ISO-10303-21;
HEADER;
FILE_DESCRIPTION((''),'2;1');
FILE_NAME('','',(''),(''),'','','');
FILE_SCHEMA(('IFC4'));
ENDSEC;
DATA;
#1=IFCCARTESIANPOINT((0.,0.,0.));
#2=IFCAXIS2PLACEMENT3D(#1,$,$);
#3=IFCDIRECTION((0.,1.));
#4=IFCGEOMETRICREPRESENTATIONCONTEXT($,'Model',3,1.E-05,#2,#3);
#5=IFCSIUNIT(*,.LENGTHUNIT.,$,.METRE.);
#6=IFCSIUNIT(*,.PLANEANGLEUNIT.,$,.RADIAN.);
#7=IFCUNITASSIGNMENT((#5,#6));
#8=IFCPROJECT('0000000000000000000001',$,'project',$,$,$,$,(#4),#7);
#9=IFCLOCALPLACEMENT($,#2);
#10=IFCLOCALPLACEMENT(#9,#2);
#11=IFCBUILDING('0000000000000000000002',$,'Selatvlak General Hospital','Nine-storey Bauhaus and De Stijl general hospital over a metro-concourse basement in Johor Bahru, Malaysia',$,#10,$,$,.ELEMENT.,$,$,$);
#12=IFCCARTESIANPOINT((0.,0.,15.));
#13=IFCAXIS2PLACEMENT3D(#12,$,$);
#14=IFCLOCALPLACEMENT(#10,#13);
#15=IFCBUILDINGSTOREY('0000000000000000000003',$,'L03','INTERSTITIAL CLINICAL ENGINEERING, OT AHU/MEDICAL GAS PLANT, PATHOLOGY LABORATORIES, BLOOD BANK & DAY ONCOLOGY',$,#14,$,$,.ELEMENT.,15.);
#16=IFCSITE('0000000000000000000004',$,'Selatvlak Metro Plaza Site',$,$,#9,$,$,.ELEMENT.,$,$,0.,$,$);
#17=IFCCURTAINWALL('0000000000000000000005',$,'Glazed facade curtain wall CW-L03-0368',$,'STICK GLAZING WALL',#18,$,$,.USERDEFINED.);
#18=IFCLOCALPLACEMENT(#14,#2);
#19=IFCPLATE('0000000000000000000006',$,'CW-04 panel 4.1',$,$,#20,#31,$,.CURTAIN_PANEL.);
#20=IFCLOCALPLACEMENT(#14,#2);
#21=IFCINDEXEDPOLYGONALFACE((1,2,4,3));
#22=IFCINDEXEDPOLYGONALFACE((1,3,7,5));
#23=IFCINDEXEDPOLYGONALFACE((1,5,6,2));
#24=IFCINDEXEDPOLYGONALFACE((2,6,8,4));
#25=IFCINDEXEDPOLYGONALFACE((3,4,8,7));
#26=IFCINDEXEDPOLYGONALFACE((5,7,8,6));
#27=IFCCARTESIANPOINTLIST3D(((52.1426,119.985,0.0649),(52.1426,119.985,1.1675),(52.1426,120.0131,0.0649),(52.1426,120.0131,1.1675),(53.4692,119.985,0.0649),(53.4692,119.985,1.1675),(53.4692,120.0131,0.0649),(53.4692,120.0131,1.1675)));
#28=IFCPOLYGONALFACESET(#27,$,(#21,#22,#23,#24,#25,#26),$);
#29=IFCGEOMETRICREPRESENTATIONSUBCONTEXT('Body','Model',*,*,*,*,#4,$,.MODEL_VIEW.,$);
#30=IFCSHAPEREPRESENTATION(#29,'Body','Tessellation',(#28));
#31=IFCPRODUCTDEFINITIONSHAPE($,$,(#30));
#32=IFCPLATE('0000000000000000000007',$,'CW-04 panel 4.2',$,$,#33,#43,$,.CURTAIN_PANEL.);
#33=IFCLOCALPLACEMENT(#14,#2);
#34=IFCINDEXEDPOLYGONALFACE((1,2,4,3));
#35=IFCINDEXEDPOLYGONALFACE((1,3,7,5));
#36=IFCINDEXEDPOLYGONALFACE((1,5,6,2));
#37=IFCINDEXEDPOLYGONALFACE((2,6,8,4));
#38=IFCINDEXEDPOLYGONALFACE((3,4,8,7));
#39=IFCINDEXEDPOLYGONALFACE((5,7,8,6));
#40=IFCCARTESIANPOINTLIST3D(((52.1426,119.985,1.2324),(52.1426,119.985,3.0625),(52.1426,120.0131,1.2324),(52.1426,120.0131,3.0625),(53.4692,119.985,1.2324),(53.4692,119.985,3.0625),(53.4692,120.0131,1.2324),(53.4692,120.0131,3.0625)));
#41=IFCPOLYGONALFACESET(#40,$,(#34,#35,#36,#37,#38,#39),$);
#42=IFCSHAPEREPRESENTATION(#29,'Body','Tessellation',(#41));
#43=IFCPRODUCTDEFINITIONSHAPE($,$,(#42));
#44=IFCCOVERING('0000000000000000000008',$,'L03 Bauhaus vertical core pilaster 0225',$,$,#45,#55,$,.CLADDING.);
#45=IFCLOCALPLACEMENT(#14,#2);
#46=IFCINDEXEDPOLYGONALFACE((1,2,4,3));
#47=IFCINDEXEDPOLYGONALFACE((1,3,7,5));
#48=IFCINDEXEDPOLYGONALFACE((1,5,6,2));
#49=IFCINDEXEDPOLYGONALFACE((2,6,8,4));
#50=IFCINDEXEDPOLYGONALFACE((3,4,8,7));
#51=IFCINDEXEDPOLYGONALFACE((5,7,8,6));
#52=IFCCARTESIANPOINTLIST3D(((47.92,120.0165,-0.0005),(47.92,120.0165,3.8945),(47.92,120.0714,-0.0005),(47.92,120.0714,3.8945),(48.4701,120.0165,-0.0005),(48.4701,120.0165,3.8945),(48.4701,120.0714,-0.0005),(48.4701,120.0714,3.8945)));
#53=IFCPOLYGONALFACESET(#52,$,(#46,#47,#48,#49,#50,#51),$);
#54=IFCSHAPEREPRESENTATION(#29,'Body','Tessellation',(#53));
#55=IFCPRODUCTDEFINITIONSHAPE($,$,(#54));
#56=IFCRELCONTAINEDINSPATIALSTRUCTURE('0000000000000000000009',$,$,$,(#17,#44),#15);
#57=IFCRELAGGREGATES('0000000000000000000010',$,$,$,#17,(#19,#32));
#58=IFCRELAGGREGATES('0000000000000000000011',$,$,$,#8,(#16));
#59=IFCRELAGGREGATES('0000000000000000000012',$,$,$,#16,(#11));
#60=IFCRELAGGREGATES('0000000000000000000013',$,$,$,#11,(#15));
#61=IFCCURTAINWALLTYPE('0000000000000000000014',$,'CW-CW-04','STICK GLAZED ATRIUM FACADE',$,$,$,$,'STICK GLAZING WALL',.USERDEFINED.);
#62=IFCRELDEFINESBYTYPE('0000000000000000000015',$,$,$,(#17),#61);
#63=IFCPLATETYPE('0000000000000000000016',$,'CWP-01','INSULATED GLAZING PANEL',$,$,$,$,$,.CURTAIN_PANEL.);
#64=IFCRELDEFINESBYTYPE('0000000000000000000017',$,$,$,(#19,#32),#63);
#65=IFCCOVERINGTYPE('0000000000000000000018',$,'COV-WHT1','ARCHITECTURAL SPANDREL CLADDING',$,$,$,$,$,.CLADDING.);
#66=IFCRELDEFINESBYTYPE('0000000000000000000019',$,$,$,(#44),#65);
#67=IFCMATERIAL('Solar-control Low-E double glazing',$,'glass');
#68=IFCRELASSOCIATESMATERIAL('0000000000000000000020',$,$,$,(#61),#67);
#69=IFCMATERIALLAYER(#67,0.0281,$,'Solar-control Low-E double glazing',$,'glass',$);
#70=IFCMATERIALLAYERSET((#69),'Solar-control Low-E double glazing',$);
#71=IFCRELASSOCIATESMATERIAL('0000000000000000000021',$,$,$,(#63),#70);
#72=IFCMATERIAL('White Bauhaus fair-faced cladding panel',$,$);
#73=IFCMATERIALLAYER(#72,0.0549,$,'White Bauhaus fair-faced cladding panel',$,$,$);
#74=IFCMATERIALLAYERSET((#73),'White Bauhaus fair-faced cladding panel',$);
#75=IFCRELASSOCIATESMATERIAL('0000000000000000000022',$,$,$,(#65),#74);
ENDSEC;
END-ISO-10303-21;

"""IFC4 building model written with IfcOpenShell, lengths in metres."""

from ifc_helpers import new_model, si_unit, direction, frame, origin, origin_2d, place, context, subcontext, project, spatial, rectangle, extrude, material, layer, layer_set, type_object, element, aggregate, save


model = new_model("IFC4")

# Units and contexts
model_context = context("Model", 3, precision=1e-05, world=origin(), true_north=direction((0.0, 1.0)))
body_context = subcontext(model_context, "Body", "Model", "MODEL_VIEW")
ifc_project = project(units=[si_unit("LENGTHUNIT", "METRE"), si_unit("PLANEANGLEUNIT", "RADIAN")], contexts=[model_context])

# Site, building, storey
site_placement = place(None, origin())
site = spatial("IfcSite", under=ifc_project, at=site_placement, Name="Selatvlak Metro Plaza Site", CompositionType="ELEMENT", RefElevation=0.0)
building_placement = place(site_placement, origin())
building = spatial("IfcBuilding", under=site, at=building_placement, Name="Selatvlak General Hospital", Description="Nine-storey Bauhaus and De Stijl general hospital over a metro-concourse basement in Johor Bahru, Malaysia", CompositionType="ELEMENT")
storey_placement = place(building_placement, frame((0.0, 0.0, 15.0)))
storey = spatial("IfcBuildingStorey", under=building, at=storey_placement, Name="L03", Description="INTERSTITIAL CLINICAL ENGINEERING, OT AHU/MEDICAL GAS PLANT, PATHOLOGY LABORATORIES, BLOOD BANK & DAY ONCOLOGY", CompositionType="ELEMENT", Elevation=15.0)

# Curtain wall, plates
ifc_material_1 = material(Name="Solar-control Low-E double glazing", Category="glass")
curtain_wall_type = type_object("IfcCurtainWallType", Name="CW-CW-04", Description="STICK GLAZED ATRIUM FACADE", ElementType="STICK GLAZING WALL", PredefinedType="USERDEFINED", material=ifc_material_1)
curtain_wall_placement = place(storey_placement, origin())
curtain_wall = element("IfcCurtainWall", 1, at=curtain_wall_placement, inside=storey, type_object=curtain_wall_type, Name="Glazed facade curtain wall CW-L03-0368", ObjectType="STICK GLAZING WALL", PredefinedType="USERDEFINED")
ifc_layer_1 = layer(ifc_material_1, 0.0281, Name="Solar-control Low-E double glazing", Category="glass")
ifc_layer_set_1 = layer_set([ifc_layer_1], Name="Solar-control Low-E double glazing")
plate_type = type_object("IfcPlateType", Name="CWP-01", Description="INSULATED GLAZING PANEL", PredefinedType="CURTAIN_PANEL", material=ifc_layer_set_1)
plate_1_placement = place(storey_placement, frame((52.8059, 119.999, 0.0649), z_axis=(0.0, 0.0, 1.0), x_axis=(1.0, 0.0, 0.0)))
plate_1 = element("IfcPlate", 2, at=plate_1_placement, type_object=plate_type, Name="CW-04 panel 4.1", PredefinedType="CURTAIN_PANEL", context=body_context, shape_type="SweptSolid", body=[
    extrude(rectangle(XDim=1.3267, YDim=0.0281, at=origin_2d()), origin(), (0.0, 0.0, 1.0), 1.1025),
])
plate_2_placement = place(storey_placement, frame((52.8059, 119.999, 1.2324), z_axis=(0.0, 0.0, 1.0), x_axis=(1.0, 0.0, 0.0)))
plate_2 = element("IfcPlate", 3, at=plate_2_placement, type_object=plate_type, Name="CW-04 panel 4.2", PredefinedType="CURTAIN_PANEL", context=body_context, shape_type="SweptSolid", body=[
    extrude(rectangle(XDim=1.3267, YDim=0.0281, at=origin_2d()), origin(), (0.0, 0.0, 1.0), 1.8301),
])
aggregate(curtain_wall, [plate_1, plate_2])

# Covering
ifc_material_2 = material(Name="White Bauhaus fair-faced cladding panel")
ifc_layer_2 = layer(ifc_material_2, 0.0549, Name="White Bauhaus fair-faced cladding panel")
ifc_layer_set_2 = layer_set([ifc_layer_2], Name="White Bauhaus fair-faced cladding panel")
covering_type = type_object("IfcCoveringType", Name="COV-WHT1", Description="ARCHITECTURAL SPANDREL CLADDING", PredefinedType="CLADDING", material=ifc_layer_set_2)
covering_placement = place(storey_placement, frame((48.1951, 120.0439, -0.0005), z_axis=(0.0, 0.0, 1.0), x_axis=(1.0, 0.0, 0.0)))
element("IfcCovering", 4, at=covering_placement, inside=storey, type_object=covering_type, Name="L03 Bauhaus vertical core pilaster 0225", PredefinedType="CLADDING", context=body_context, shape_type="SweptSolid", body=[
    extrude(rectangle(XDim=0.55, YDim=0.0549, at=origin_2d()), origin(), (0.0, 0.0, 1.0), 3.895),
])

save(model, "model.ifc")
